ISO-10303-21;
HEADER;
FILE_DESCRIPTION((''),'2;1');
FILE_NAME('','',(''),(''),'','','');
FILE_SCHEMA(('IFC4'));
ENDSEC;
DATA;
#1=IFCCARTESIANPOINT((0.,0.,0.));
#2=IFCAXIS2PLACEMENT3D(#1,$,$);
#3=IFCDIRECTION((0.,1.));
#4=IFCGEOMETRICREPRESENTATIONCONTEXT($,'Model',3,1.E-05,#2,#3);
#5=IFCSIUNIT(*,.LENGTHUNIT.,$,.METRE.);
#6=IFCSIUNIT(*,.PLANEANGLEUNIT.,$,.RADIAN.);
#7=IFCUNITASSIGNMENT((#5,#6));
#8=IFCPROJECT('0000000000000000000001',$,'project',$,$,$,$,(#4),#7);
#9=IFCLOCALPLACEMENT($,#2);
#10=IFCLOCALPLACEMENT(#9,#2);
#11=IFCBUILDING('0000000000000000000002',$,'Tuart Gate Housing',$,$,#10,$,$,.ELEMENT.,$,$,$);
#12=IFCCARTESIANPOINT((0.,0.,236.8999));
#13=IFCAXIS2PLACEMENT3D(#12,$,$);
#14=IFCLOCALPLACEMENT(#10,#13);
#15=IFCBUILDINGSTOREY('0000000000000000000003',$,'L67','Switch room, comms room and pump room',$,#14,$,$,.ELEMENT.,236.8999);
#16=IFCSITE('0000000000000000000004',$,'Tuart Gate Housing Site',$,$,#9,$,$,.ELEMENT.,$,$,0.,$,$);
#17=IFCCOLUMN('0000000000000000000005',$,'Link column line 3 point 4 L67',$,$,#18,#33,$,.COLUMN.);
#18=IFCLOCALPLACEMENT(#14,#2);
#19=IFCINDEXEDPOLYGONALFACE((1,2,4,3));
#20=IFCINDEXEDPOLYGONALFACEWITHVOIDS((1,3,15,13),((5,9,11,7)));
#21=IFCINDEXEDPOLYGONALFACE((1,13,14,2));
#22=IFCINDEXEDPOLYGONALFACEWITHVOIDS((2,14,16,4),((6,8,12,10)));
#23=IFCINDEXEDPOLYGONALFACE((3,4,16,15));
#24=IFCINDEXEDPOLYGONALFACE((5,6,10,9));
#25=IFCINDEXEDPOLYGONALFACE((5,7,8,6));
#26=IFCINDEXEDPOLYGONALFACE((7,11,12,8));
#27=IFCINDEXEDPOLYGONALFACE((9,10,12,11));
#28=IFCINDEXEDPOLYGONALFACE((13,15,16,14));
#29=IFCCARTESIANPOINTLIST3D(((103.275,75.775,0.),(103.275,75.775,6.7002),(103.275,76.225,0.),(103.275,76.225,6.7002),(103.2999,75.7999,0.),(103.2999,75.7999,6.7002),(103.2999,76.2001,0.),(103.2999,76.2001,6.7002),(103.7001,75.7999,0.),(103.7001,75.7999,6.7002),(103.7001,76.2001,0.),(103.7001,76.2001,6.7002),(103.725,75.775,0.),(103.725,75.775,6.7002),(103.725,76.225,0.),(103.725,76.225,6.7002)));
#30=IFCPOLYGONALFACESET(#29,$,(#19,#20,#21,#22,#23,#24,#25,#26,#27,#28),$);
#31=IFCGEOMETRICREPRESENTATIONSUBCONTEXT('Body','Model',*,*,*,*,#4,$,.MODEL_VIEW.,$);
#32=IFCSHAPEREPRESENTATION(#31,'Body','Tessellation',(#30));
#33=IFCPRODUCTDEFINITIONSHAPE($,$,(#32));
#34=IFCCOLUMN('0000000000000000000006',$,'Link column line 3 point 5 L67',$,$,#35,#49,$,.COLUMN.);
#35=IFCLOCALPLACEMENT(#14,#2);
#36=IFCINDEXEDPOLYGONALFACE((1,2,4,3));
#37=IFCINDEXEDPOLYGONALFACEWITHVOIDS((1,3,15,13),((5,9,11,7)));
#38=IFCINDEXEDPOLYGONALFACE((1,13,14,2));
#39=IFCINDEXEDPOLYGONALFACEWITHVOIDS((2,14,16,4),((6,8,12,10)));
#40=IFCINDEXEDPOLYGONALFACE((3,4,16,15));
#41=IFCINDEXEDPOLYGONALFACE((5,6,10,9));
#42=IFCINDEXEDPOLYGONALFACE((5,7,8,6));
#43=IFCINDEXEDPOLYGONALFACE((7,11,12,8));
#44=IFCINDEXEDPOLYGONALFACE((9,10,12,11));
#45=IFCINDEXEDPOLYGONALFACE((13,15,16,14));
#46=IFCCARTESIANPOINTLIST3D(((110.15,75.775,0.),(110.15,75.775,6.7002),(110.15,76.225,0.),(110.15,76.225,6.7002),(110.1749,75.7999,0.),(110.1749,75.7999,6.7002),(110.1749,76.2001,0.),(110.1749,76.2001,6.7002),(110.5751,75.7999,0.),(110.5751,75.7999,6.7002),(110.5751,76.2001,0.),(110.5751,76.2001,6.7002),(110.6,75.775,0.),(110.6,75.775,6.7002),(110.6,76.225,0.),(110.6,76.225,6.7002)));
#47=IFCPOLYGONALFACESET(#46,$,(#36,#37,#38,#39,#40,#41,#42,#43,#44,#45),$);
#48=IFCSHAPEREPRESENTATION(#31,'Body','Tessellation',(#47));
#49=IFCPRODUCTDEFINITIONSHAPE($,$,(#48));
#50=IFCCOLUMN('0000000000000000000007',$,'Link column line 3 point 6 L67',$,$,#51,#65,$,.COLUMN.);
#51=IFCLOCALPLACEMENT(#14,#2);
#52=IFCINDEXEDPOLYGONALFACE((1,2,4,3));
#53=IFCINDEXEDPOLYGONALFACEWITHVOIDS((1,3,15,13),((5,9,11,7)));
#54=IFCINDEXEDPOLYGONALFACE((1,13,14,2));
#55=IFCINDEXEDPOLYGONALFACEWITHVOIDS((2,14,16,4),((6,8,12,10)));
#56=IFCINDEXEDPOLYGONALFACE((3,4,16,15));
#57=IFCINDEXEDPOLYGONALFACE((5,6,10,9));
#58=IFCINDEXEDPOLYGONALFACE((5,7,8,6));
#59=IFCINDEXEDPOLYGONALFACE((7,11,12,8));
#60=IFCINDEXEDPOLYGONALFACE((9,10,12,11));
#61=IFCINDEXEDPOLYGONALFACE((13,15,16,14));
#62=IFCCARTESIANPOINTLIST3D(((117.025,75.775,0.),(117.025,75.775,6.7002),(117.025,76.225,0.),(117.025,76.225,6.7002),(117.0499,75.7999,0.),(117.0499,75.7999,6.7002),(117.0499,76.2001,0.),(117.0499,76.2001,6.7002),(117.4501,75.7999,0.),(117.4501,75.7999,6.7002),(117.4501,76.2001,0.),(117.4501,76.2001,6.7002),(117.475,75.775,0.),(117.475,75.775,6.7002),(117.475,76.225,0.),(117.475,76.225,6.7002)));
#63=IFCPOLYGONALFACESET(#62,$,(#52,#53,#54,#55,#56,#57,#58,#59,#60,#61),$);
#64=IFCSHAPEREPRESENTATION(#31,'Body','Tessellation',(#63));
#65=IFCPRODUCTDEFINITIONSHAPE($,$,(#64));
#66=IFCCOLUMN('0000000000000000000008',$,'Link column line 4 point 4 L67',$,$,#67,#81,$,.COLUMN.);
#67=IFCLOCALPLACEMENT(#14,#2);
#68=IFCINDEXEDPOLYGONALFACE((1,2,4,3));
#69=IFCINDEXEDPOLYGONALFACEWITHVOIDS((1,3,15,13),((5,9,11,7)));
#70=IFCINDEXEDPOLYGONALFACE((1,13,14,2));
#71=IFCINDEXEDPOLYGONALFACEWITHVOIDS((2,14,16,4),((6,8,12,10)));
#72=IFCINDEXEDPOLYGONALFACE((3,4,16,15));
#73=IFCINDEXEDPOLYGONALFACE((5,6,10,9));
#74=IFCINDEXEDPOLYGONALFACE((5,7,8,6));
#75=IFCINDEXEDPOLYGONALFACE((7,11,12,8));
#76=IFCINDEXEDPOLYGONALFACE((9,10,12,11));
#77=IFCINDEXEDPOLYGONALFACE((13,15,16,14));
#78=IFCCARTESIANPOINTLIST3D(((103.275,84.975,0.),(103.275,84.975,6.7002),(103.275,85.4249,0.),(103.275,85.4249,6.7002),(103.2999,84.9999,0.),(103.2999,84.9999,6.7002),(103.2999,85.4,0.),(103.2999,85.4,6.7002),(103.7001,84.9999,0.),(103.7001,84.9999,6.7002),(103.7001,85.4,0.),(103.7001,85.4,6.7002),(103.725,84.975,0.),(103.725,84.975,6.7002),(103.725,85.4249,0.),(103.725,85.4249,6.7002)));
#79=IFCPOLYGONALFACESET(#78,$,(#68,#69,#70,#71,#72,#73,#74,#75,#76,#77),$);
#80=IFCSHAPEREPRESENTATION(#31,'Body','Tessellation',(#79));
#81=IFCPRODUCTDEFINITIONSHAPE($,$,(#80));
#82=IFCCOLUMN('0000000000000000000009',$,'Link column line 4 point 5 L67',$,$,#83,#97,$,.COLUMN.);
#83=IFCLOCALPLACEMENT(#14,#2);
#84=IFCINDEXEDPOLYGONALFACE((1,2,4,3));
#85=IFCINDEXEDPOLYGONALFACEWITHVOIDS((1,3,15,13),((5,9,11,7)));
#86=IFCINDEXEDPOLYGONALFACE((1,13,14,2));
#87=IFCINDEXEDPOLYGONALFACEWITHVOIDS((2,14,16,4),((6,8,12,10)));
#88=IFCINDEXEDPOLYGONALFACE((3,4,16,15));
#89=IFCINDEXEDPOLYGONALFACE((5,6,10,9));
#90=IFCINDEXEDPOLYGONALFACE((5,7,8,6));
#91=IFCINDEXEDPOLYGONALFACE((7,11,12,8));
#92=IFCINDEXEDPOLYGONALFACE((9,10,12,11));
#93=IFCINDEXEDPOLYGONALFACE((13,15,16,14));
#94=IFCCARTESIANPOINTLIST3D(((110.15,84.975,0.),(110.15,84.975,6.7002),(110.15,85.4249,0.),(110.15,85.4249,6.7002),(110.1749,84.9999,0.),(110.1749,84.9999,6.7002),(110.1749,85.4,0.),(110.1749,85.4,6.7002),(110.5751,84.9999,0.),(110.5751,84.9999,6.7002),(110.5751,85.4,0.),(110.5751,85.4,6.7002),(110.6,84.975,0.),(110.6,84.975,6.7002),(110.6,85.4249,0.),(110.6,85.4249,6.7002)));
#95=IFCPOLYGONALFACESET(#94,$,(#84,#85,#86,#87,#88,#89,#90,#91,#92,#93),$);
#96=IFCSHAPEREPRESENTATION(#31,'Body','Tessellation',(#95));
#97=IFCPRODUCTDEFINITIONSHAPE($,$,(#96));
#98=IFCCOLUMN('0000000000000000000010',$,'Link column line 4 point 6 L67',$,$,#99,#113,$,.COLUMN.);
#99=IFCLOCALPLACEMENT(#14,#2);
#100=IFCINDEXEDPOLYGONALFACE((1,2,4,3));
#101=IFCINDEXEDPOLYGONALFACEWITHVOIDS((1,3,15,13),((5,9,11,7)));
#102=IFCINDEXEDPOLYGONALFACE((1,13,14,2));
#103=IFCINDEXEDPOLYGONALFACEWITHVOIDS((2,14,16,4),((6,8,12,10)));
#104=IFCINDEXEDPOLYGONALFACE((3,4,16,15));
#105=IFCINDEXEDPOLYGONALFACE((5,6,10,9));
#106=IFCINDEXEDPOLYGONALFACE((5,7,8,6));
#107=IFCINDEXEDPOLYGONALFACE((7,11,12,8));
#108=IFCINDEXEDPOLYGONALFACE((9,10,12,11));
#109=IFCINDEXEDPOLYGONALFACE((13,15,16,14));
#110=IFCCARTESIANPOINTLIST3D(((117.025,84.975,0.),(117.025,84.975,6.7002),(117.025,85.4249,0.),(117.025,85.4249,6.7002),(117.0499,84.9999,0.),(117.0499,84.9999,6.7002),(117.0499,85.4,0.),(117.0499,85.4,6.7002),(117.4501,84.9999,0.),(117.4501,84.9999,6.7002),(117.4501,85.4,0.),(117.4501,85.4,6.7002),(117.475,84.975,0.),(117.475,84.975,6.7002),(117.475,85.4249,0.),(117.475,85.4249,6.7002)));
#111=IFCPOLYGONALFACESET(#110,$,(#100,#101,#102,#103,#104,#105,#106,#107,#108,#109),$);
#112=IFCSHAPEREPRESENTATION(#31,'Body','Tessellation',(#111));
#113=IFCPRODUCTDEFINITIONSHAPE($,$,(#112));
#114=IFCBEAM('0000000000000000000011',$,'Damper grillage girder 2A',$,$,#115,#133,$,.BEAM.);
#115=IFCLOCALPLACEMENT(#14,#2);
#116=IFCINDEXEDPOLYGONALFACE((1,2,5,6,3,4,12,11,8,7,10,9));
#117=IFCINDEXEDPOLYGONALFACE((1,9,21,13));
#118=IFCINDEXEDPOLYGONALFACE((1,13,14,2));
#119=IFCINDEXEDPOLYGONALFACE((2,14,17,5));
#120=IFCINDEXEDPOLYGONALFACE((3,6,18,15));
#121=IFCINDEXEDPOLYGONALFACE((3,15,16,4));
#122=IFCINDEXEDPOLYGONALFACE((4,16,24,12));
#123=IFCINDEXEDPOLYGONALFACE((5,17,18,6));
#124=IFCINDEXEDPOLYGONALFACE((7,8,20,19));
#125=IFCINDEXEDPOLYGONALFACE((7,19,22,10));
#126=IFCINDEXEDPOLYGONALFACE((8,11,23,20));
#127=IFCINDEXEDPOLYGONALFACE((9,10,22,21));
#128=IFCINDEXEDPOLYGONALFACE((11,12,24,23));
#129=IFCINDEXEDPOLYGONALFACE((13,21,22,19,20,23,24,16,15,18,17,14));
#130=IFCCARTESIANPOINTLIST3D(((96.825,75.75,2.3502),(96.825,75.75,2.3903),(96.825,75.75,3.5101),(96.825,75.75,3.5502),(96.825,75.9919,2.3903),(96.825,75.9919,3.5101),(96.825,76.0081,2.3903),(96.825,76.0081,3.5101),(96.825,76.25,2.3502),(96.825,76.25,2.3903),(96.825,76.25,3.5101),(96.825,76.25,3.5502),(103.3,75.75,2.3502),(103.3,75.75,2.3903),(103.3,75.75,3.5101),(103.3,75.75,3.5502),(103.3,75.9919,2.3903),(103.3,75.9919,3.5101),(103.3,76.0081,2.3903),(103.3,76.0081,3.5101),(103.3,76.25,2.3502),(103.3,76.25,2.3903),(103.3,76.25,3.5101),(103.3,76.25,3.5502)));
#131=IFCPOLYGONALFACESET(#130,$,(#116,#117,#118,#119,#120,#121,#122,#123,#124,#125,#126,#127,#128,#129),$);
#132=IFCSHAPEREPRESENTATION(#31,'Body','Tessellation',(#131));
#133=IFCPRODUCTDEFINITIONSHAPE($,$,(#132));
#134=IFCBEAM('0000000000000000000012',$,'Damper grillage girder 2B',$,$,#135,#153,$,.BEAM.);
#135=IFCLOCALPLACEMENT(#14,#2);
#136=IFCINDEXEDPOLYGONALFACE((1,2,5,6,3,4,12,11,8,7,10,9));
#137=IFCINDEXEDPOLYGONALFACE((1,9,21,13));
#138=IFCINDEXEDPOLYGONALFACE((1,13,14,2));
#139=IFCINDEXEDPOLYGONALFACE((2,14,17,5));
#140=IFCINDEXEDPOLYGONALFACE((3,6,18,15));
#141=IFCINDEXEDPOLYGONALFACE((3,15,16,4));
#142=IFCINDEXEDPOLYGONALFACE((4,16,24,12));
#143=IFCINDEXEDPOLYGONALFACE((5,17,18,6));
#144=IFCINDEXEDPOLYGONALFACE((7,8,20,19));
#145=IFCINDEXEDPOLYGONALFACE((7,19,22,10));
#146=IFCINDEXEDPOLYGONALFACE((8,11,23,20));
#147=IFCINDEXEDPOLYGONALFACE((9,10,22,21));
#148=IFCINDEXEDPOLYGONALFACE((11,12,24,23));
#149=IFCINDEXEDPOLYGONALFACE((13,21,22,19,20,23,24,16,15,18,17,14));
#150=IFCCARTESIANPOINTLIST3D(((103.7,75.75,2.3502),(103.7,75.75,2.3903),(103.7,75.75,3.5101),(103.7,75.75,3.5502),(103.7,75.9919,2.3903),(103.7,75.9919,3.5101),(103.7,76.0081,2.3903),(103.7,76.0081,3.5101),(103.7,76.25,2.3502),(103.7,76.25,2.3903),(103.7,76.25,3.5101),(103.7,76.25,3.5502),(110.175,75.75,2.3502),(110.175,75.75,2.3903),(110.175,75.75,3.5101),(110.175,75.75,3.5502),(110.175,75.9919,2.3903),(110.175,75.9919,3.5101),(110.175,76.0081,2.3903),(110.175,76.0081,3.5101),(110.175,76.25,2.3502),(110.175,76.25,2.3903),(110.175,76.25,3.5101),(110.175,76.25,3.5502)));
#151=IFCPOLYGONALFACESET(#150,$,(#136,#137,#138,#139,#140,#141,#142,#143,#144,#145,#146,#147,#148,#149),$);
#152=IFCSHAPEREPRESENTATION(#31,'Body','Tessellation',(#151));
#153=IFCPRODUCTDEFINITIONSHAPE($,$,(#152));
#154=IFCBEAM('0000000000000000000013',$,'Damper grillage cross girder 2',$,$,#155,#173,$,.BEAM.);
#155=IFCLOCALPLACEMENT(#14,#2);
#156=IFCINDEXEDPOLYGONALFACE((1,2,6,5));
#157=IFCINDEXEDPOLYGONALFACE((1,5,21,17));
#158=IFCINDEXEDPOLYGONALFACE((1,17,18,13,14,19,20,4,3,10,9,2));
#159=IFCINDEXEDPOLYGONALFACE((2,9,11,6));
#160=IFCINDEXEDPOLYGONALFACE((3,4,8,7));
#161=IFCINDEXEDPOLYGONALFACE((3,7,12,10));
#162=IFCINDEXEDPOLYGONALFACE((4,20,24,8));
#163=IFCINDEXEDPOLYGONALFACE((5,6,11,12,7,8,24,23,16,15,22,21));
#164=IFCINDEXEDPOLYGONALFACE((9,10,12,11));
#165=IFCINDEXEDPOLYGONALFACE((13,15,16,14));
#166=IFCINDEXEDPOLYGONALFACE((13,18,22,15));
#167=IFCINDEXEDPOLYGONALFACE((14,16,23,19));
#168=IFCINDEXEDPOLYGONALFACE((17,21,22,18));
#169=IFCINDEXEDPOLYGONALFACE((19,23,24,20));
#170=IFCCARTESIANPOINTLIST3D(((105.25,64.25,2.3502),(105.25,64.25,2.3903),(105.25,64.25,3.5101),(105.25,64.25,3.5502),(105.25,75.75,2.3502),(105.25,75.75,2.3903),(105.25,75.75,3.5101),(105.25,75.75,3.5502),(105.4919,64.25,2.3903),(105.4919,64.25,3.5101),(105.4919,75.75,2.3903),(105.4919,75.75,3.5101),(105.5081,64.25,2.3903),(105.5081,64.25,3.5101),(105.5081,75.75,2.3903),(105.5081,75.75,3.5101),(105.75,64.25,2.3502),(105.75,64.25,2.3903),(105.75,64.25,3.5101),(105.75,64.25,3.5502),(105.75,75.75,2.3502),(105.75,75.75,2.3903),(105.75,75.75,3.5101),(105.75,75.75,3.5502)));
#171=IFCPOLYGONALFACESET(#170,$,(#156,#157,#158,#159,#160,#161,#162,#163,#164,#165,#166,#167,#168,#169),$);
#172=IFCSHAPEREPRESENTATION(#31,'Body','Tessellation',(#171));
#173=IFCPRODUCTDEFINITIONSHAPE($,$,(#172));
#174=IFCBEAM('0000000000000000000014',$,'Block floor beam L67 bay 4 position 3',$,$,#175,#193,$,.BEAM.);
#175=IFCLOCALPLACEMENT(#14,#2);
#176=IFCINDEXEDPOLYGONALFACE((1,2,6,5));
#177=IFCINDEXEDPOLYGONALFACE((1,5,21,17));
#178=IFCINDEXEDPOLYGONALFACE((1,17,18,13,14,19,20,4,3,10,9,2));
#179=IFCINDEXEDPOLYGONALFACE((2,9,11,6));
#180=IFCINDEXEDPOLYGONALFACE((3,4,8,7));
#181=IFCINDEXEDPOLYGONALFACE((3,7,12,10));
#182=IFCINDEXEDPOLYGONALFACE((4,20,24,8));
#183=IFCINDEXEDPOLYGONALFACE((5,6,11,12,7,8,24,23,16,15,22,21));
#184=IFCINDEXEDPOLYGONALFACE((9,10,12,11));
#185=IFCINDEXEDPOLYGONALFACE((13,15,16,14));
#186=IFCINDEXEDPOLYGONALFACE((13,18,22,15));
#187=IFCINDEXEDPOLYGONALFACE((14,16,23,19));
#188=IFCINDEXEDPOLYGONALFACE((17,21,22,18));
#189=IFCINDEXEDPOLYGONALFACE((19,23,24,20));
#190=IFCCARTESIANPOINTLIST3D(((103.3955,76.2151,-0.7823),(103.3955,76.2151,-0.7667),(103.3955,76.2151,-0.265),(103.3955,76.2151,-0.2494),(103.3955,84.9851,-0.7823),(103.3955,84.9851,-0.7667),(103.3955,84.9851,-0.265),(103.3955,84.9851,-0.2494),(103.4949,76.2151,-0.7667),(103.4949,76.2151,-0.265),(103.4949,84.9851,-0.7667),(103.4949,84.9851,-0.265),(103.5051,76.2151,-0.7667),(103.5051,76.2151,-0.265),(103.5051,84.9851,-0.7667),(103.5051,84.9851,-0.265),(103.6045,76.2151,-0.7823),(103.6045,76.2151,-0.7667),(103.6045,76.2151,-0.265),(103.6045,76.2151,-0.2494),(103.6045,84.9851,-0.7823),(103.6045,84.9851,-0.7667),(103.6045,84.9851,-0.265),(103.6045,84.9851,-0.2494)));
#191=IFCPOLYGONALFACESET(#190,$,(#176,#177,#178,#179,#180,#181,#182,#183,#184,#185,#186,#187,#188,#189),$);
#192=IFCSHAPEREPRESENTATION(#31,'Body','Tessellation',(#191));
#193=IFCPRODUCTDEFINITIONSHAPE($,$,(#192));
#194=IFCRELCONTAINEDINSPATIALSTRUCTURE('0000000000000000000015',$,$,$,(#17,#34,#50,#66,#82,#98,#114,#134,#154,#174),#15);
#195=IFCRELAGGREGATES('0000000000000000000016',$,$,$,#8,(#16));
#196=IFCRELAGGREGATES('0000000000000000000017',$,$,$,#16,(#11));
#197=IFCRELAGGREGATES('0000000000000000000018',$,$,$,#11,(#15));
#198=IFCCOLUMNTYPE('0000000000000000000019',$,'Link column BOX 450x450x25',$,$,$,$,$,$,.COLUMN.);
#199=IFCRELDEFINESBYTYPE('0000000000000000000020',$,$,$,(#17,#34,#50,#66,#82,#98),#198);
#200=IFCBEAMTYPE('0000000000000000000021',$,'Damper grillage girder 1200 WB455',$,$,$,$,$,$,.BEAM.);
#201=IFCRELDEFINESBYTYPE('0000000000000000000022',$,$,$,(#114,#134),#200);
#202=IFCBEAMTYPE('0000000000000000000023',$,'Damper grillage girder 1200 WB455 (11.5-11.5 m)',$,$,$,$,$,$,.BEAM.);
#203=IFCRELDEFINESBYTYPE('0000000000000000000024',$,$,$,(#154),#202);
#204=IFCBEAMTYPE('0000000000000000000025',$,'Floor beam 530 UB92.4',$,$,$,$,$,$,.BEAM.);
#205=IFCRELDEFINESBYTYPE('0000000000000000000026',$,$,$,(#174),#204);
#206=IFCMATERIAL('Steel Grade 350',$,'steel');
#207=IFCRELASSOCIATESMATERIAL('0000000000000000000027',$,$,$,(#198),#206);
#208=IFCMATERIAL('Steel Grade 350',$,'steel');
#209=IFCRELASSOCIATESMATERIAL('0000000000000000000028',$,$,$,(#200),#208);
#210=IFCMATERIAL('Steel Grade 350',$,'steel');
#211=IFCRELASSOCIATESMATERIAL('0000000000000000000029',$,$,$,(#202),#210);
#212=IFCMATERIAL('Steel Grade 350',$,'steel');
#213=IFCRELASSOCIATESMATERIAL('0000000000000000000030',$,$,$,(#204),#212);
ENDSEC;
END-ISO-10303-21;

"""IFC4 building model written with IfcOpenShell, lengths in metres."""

from ifc_helpers import new_model, si_unit, direction, frame, origin, origin_2d, place, context, subcontext, project, spatial, hollow_rectangle, i_section, extrude, material, material_profile, profile_set, type_object, element, save


model = new_model("IFC4")

# Units and contexts
model_context = context("Model", 3, precision=1e-05, world=origin(), true_north=direction((0.0, 1.0)))
body_context = subcontext(model_context, "Body", "Model", "MODEL_VIEW")
ifc_project = project(units=[si_unit("LENGTHUNIT", "METRE"), si_unit("PLANEANGLEUNIT", "RADIAN")], contexts=[model_context])

# Site, building, storey
site_placement = place(None, origin())
site = spatial("IfcSite", under=ifc_project, at=site_placement, Name="Tuart Gate Housing Site", CompositionType="ELEMENT", RefElevation=0.0)
building_placement = place(site_placement, origin())
building = spatial("IfcBuilding", under=site, at=building_placement, Name="Tuart Gate Housing", CompositionType="ELEMENT")
storey_placement = place(building_placement, frame((0.0, 0.0, 236.8999)))
storey = spatial("IfcBuildingStorey", under=building, at=storey_placement, Name="L67", Description="Switch room, comms room and pump room", CompositionType="ELEMENT", Elevation=236.8999)

# Columns
ifc_material_1 = material(Name="Steel Grade 350", Category="steel")
ifc_material_profile_1 = material_profile(ifc_material_1, hollow_rectangle(XDim=0.45, YDim=0.45, WallThickness=0.0249, at=origin_2d()), Name="BOX 450x450x25")
ifc_profile_set_1 = profile_set([ifc_material_profile_1], Name="Steel Grade 350")
column_type = type_object("IfcColumnType", Name="Link column BOX 450x450x25", PredefinedType="COLUMN", material=ifc_profile_set_1)
for number, where, z_axis, x_axis, name in (
    (1, (103.5, 76.0, 0.0), (0.0, 0.0, 1.0), (1.0, 0.0, 0.0), "Link column line 3 point 4 L67"),
    (2, (110.375, 76.0, 0.0), (0.0, 0.0, 1.0), (1.0, 0.0, 0.0), "Link column line 3 point 5 L67"),
    (3, (117.25, 76.0, 0.0), (0.0, 0.0, 1.0), (1.0, 0.0, 0.0), "Link column line 3 point 6 L67"),
    (4, (103.5, 85.2, 0.0), (0.0, 0.0, 1.0), (1.0, 0.0, 0.0), "Link column line 4 point 4 L67"),
    (5, (110.375, 85.2, 0.0), (0.0, 0.0, 1.0), (1.0, 0.0, 0.0), "Link column line 4 point 5 L67"),
    (6, (117.25, 85.2, 0.0), (0.0, 0.0, 1.0), (1.0, 0.0, 0.0), "Link column line 4 point 6 L67"),
):
    element("IfcColumn", number, at=place(storey_placement, frame(where, z_axis=z_axis, x_axis=x_axis)), inside=storey, type_object=column_type, Name=name, PredefinedType="COLUMN", context=body_context, shape_type="SweptSolid", body=[
        extrude(hollow_rectangle(XDim=0.45, YDim=0.45, WallThickness=0.0249, at=origin_2d()), origin(), (0.0, 0.0, 1.0), 6.7002),
    ])

# Beams
ifc_material_2 = material(Name="Steel Grade 350", Category="steel")
ifc_material_profile_2 = material_profile(ifc_material_2, i_section(OverallWidth=0.5, OverallDepth=1.2, WebThickness=0.0161, FlangeThickness=0.04, at=origin_2d()), Name="1200WB455")
ifc_profile_set_2 = profile_set([ifc_material_profile_2], Name="Steel Grade 350")
beam_type_1 = type_object("IfcBeamType", Name="Damper grillage girder 1200 WB455", PredefinedType="BEAM", material=ifc_profile_set_2)
for number, where, z_axis, x_axis, name in (
    (7, (96.825, 76.0, 2.9502), (1.0, 0.0, 0.0), (0.0, 1.0, 0.0), "Damper grillage girder 2A"),
    (8, (103.7, 76.0, 2.9502), (1.0, 0.0, 0.0), (0.0, 1.0, 0.0), "Damper grillage girder 2B"),
):
    element("IfcBeam", number, at=place(storey_placement, frame(where, z_axis=z_axis, x_axis=x_axis)), inside=storey, type_object=beam_type_1, Name=name, PredefinedType="BEAM", context=body_context, shape_type="SweptSolid", body=[
        extrude(i_section(OverallWidth=0.5, OverallDepth=1.2, WebThickness=0.0161, FlangeThickness=0.04, at=origin_2d()), origin(), (0.0, 0.0, 1.0), 6.4751),
    ])
ifc_material_3 = material(Name="Steel Grade 350", Category="steel")
ifc_material_profile_3 = material_profile(ifc_material_3, i_section(OverallWidth=0.5, OverallDepth=1.2, WebThickness=0.0161, FlangeThickness=0.04, at=origin_2d()), Name="1200WB455")
ifc_profile_set_3 = profile_set([ifc_material_profile_3], Name="Steel Grade 350")
beam_type_2 = type_object("IfcBeamType", Name="Damper grillage girder 1200 WB455 (11.5-11.5 m)", PredefinedType="BEAM", material=ifc_profile_set_3)
beam_placement = place(storey_placement, frame((105.5, 64.25, 2.9502), z_axis=(0.0, 1.0, 0.0), x_axis=(-1.0, 0.0, 0.0)))
element("IfcBeam", 9, at=beam_placement, inside=storey, type_object=beam_type_2, Name="Damper grillage cross girder 2", PredefinedType="BEAM", context=body_context, shape_type="SweptSolid", body=[
    extrude(i_section(OverallWidth=0.5, OverallDepth=1.2, WebThickness=0.0161, FlangeThickness=0.04, at=origin_2d()), origin(), (0.0, 0.0, 1.0), 11.5),
])
ifc_material_4 = material(Name="Steel Grade 350", Category="steel")
ifc_material_profile_4 = material_profile(ifc_material_4, i_section(OverallWidth=0.209, OverallDepth=0.533, WebThickness=0.0103, FlangeThickness=0.0156, at=origin_2d()), Name="530UB92.4")
ifc_profile_set_4 = profile_set([ifc_material_profile_4], Name="Steel Grade 350")
beam_type_3 = type_object("IfcBeamType", Name="Floor beam 530 UB92.4", PredefinedType="BEAM", material=ifc_profile_set_4)
for number, where, z_axis, x_axis, name in (
    (10, (103.5, 76.2151, -0.5159), (0.0, 1.0, 0.0), (-1.0, 0.0, 0.0), "Block floor beam L67 bay 4 position 3"),
):
    element("IfcBeam", number, at=place(storey_placement, frame(where, z_axis=z_axis, x_axis=x_axis)), inside=storey, type_object=beam_type_3, Name=name, PredefinedType="BEAM", context=body_context, shape_type="SweptSolid", body=[
        extrude(i_section(OverallWidth=0.209, OverallDepth=0.533, WebThickness=0.0103, FlangeThickness=0.0156, at=origin_2d()), origin(), (0.0, 0.0, 1.0), 8.77),
    ])

save(model, "model.ifc")
